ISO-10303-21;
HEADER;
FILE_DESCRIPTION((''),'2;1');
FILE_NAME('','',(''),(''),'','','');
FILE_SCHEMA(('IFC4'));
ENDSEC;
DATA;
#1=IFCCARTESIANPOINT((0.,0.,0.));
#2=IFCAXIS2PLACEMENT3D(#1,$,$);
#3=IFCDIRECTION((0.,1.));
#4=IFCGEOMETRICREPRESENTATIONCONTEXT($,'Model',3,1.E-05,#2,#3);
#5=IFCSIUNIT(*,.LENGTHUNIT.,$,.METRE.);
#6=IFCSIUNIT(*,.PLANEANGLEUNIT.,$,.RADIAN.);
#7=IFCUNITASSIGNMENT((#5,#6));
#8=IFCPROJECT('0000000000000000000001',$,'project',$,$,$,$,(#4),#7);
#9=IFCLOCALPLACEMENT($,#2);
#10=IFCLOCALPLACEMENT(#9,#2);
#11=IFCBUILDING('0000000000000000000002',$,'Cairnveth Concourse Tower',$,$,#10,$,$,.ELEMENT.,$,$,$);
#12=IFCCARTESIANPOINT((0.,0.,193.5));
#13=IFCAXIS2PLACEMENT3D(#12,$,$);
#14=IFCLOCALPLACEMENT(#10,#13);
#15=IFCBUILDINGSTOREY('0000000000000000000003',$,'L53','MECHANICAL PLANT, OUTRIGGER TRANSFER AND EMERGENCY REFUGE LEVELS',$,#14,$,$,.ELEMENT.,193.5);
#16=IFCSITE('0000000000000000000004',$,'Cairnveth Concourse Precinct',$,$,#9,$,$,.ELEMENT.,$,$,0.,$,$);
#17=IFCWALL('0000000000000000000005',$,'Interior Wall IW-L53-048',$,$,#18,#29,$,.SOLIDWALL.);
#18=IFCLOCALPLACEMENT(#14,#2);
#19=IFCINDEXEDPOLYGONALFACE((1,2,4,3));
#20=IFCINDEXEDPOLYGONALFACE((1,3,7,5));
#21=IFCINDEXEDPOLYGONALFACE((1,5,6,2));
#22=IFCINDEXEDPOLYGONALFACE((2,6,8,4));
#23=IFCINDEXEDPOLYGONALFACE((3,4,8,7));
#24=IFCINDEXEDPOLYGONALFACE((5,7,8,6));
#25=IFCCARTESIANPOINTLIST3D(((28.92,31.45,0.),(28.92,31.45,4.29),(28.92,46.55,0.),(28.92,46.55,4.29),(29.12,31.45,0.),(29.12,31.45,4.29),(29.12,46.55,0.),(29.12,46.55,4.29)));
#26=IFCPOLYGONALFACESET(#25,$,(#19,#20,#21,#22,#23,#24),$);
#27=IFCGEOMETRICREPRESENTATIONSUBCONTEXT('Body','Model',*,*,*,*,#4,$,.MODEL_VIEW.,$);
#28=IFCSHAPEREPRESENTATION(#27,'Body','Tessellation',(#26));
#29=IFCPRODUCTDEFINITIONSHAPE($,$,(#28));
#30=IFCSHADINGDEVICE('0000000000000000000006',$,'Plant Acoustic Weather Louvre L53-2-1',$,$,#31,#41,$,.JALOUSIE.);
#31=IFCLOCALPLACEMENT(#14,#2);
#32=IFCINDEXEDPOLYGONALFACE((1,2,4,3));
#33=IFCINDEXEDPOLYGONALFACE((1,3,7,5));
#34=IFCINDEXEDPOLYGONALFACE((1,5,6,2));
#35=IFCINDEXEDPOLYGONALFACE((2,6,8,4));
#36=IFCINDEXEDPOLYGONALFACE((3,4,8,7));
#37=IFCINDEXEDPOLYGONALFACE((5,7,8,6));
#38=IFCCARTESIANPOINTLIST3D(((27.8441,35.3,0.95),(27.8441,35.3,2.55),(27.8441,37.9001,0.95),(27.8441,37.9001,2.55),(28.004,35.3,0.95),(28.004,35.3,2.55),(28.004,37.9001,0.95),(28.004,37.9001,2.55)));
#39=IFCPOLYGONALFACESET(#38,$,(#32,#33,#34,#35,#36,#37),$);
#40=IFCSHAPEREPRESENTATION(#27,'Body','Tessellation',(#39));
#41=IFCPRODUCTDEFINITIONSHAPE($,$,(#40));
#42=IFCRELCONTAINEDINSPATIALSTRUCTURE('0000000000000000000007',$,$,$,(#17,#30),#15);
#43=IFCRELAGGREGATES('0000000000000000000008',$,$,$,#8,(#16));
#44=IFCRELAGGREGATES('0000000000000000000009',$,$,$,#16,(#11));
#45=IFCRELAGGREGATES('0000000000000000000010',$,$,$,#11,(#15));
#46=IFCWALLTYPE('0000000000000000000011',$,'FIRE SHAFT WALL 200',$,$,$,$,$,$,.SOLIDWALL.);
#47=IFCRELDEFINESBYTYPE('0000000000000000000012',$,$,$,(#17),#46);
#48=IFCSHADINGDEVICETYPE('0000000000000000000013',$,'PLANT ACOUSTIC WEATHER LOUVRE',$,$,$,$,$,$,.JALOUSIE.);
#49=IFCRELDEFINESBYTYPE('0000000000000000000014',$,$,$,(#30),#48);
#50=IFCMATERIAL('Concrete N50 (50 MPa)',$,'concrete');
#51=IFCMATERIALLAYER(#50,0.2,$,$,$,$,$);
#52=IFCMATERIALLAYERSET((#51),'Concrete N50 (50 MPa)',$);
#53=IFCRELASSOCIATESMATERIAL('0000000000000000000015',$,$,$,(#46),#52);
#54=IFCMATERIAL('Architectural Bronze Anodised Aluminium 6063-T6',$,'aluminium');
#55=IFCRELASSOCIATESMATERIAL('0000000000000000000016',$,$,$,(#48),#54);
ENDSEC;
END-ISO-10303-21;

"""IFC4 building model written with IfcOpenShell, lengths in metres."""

from ifc_helpers import new_model, si_unit, direction, frame, frame_2d, origin, origin_2d, place, context, subcontext, project, spatial, rectangle, extrude, material, layer, layer_set, type_object, element, save


model = new_model("IFC4")

# Units and contexts
model_context = context("Model", 3, precision=1e-05, world=origin(), true_north=direction((0.0, 1.0)))
body_context = subcontext(model_context, "Body", "Model", "MODEL_VIEW")
ifc_project = project(units=[si_unit("LENGTHUNIT", "METRE"), si_unit("PLANEANGLEUNIT", "RADIAN")], contexts=[model_context])

# Site, building, storey
site_placement = place(None, origin())
site = spatial("IfcSite", under=ifc_project, at=site_placement, Name="Cairnveth Concourse Precinct", CompositionType="ELEMENT", RefElevation=0.0)
building_placement = place(site_placement, origin())
building = spatial("IfcBuilding", under=site, at=building_placement, Name="Cairnveth Concourse Tower", CompositionType="ELEMENT")
storey_placement = place(building_placement, frame((0.0, 0.0, 193.5)))
storey = spatial("IfcBuildingStorey", under=building, at=storey_placement, Name="L53", Description="MECHANICAL PLANT, OUTRIGGER TRANSFER AND EMERGENCY REFUGE LEVELS", CompositionType="ELEMENT", Elevation=193.5)

# Wall
ifc_material_1 = material(Name="Concrete N50 (50 MPa)", Category="concrete")
ifc_layer_1 = layer(ifc_material_1, 0.2)
ifc_layer_set_1 = layer_set([ifc_layer_1], Name="Concrete N50 (50 MPa)")
wall_type = type_object("IfcWallType", Name="FIRE SHAFT WALL 200", PredefinedType="SOLIDWALL", material=ifc_layer_set_1)
wall_1_placement = place(storey_placement, frame((29.02, 31.45, 0.0), z_axis=(0.0, 0.0, 1.0), x_axis=(0.0, 1.0, 0.0)))
element("IfcWall", 1, at=wall_1_placement, inside=storey, type_object=wall_type, Name="Interior Wall IW-L53-048", PredefinedType="SOLIDWALL", context=body_context, shape_type="SweptSolid", body=[
    extrude(rectangle(XDim=15.1001, YDim=0.2, at=frame_2d((7.55, 0.0))), origin(), (0.0, 0.0, 1.0), 4.29),
])

# Shading device
ifc_material_2 = material(Name="Architectural Bronze Anodised Aluminium 6063-T6", Category="aluminium")
shading_device_type = type_object("IfcShadingDeviceType", Name="PLANT ACOUSTIC WEATHER LOUVRE", PredefinedType="JALOUSIE", material=ifc_material_2)
shading_device_placement = place(storey_placement, frame((27.9241, 36.6001, 0.95), z_axis=(0.0, 0.0, 1.0), x_axis=(1.0, 0.0, 0.0)))
element("IfcShadingDevice", 2, at=shading_device_placement, inside=storey, type_object=shading_device_type, Name="Plant Acoustic Weather Louvre L53-2-1", PredefinedType="JALOUSIE", context=body_context, shape_type="SweptSolid", body=[
    extrude(rectangle(XDim=0.1599, YDim=2.6001, at=origin_2d()), origin(), (0.0, 0.0, 1.0), 1.6001),
])

save(model, "model.ifc")
